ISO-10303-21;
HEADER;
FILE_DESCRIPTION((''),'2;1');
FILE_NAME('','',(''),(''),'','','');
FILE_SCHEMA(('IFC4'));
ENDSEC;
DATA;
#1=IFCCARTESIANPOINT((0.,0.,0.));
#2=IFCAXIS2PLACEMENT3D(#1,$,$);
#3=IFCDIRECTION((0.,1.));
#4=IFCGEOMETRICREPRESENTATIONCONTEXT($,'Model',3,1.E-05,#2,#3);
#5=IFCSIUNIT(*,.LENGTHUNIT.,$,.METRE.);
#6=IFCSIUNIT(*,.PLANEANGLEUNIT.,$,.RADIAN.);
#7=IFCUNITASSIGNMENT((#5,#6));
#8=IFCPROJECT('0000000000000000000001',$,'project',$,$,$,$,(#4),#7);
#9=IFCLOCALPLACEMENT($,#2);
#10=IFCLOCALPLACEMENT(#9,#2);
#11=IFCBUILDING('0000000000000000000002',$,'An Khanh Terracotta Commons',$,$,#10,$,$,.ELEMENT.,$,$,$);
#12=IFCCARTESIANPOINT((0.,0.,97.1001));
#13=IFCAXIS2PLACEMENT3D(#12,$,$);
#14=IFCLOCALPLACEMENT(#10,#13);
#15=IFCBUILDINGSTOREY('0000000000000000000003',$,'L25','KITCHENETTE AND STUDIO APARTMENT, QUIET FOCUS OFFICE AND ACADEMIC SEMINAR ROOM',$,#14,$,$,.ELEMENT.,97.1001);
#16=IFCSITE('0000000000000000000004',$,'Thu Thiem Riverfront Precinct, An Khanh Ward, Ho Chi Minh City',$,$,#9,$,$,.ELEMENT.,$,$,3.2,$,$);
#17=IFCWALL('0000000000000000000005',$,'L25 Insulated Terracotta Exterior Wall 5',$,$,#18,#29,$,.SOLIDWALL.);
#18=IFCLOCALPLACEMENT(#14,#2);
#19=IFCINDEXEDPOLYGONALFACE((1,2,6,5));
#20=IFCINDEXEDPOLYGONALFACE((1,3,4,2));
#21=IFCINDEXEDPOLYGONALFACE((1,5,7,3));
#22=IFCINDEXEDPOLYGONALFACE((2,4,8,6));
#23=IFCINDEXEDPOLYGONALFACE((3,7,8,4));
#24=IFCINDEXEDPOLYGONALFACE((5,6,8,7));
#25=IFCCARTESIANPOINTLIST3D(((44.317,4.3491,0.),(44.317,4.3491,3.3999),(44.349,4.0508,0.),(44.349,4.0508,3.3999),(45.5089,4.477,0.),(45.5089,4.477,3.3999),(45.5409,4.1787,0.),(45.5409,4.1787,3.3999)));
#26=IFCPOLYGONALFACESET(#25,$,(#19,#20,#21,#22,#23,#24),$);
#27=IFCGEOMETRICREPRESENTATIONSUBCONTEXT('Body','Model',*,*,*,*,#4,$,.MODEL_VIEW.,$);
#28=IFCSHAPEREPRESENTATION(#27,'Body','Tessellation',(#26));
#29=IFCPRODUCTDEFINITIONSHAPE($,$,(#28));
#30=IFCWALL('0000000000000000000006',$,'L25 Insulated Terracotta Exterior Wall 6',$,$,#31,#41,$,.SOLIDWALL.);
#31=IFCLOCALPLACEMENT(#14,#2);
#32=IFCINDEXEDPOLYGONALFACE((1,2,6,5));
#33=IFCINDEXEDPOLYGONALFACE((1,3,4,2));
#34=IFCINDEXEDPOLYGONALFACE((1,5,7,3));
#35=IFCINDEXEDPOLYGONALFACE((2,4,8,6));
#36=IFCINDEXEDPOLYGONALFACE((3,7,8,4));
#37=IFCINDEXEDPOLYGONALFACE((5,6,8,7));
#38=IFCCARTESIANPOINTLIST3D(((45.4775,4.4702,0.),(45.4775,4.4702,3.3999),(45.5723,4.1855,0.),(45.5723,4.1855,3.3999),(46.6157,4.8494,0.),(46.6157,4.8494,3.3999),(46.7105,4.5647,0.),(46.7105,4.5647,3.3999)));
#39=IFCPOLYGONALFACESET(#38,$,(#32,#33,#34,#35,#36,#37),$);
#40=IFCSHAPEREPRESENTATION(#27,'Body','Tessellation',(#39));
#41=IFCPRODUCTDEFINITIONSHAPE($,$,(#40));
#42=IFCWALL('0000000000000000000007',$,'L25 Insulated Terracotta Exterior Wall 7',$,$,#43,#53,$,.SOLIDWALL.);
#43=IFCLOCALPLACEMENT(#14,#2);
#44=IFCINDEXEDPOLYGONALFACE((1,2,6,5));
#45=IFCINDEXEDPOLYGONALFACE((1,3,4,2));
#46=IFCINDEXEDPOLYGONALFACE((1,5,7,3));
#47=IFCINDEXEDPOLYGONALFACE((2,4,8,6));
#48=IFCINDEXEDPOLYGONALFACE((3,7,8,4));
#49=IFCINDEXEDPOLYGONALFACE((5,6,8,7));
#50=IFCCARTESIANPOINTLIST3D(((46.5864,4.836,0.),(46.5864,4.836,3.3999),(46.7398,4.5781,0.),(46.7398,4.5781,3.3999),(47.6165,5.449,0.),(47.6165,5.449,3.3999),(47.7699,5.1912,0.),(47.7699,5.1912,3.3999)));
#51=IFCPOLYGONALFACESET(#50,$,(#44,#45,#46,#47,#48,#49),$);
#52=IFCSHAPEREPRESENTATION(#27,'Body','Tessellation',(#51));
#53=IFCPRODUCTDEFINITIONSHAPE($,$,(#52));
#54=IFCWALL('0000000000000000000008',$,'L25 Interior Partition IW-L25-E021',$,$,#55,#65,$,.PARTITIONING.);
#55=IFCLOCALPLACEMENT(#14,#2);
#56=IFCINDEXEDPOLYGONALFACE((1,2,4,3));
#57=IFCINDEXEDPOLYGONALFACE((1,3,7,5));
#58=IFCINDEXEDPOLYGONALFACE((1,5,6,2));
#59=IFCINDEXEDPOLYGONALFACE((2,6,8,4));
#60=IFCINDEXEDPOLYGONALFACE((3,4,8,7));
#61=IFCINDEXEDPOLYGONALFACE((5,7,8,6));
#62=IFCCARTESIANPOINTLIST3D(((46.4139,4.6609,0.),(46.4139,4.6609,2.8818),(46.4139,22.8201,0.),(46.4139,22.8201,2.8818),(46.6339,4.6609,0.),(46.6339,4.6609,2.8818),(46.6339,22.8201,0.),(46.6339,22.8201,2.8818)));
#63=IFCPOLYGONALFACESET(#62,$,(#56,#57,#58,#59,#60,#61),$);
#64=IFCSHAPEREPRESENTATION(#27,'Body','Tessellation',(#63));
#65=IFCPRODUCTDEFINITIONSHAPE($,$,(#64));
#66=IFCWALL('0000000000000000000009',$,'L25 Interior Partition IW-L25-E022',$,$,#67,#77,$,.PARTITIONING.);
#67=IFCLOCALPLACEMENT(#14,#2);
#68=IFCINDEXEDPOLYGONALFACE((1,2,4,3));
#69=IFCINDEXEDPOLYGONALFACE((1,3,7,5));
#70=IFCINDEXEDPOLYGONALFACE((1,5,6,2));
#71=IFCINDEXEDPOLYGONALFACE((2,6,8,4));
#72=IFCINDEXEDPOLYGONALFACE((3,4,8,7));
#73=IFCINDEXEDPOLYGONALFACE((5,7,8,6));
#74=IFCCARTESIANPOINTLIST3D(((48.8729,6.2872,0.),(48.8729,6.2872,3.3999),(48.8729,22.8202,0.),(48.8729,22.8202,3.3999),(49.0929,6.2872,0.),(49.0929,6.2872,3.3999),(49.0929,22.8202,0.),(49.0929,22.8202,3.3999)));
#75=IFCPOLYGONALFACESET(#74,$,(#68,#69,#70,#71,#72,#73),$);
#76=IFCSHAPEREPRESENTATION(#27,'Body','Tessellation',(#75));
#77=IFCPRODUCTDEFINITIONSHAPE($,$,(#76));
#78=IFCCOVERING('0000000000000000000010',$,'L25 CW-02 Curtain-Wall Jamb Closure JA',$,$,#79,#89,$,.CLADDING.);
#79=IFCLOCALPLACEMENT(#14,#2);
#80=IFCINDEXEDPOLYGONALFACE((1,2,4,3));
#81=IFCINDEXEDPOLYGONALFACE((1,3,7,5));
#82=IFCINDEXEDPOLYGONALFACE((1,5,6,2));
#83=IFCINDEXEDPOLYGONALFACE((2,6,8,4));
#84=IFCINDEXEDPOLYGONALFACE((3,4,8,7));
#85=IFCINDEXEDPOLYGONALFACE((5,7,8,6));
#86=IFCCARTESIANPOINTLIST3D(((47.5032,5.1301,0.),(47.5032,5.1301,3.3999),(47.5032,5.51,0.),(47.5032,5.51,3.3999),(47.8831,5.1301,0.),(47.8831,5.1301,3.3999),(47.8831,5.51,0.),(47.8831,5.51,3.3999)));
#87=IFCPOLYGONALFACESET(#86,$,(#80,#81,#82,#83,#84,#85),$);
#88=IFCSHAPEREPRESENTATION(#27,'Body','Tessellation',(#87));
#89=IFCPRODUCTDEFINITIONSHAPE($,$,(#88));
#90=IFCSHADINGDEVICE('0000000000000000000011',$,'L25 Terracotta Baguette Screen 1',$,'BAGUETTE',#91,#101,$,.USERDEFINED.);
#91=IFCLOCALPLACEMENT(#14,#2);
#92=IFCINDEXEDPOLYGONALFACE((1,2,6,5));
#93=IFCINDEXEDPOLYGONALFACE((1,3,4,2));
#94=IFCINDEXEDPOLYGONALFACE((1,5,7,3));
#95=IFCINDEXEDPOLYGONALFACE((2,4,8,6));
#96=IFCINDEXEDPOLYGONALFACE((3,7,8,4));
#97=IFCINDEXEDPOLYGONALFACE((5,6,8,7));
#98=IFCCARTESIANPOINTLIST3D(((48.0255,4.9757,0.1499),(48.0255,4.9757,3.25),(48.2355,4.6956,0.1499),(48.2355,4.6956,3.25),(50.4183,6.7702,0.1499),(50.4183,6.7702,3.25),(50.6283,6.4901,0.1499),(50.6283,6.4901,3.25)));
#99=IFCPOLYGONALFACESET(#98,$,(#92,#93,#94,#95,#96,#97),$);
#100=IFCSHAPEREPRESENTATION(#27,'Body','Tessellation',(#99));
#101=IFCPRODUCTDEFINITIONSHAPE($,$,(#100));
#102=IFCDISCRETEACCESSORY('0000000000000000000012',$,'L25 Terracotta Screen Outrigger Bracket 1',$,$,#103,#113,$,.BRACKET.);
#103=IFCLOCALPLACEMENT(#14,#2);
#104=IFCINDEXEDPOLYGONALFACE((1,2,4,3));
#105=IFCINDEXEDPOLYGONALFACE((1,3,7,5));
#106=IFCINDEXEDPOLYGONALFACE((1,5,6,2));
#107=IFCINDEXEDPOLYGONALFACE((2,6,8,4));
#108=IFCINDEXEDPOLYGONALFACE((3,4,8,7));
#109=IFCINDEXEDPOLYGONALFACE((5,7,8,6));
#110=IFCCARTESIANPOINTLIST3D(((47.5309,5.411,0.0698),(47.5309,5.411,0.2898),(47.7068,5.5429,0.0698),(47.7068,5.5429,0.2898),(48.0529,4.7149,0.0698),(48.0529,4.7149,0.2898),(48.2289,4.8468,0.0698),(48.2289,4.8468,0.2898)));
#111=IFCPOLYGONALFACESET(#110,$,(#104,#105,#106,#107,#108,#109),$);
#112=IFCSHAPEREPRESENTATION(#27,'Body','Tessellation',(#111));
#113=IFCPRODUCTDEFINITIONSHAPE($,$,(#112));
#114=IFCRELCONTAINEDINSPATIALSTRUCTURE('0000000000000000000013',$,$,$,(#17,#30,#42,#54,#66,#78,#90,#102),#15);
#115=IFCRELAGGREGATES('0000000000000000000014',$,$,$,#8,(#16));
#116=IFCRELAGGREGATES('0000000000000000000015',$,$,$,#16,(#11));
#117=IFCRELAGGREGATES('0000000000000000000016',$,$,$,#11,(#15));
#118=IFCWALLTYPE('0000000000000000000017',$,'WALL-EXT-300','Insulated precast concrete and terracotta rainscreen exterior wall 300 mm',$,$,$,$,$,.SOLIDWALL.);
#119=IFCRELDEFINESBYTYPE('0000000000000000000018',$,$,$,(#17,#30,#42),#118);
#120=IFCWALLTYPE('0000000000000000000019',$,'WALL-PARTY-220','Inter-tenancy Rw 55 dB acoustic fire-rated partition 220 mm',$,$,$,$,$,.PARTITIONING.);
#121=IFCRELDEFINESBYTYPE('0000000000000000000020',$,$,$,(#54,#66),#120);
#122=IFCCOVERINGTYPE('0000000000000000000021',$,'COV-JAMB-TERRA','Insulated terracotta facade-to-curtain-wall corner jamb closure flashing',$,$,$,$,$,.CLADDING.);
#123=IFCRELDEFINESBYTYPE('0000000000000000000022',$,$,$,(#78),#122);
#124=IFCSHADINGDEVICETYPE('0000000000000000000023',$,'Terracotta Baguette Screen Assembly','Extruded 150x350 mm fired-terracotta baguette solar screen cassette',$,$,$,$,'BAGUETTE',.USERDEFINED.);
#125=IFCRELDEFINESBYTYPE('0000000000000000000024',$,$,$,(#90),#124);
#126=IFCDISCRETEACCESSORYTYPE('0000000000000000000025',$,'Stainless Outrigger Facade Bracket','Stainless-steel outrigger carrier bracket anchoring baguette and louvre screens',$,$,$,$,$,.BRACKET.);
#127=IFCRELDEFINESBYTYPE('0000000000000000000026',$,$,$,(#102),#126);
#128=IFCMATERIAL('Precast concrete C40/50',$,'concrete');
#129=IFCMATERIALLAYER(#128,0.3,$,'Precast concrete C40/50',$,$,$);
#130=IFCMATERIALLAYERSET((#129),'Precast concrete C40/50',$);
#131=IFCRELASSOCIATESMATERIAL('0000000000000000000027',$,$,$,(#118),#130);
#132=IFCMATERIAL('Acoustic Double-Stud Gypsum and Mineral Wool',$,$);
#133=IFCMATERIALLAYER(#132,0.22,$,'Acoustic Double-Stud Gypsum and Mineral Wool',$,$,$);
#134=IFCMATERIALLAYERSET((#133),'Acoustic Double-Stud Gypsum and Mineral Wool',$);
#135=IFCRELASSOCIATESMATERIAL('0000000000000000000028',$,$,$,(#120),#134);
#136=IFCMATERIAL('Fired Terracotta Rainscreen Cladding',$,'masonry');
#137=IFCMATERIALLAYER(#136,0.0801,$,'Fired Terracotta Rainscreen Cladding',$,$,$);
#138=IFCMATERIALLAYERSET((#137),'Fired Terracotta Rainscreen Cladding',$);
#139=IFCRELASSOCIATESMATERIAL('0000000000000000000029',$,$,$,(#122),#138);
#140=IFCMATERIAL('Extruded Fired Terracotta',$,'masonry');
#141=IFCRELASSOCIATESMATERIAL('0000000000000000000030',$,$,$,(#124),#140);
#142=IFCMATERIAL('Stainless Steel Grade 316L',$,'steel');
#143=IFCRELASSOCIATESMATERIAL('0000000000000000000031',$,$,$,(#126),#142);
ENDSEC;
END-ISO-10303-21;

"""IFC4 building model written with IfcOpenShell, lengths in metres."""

from ifc_helpers import new_model, si_unit, direction, frame, frame_2d, origin, origin_2d, place, context, subcontext, project, spatial, rectangle, extrude, material, layer, layer_set, type_object, element, save


model = new_model("IFC4")

# Units and contexts
model_context = context("Model", 3, precision=1e-05, world=origin(), true_north=direction((0.0, 1.0)))
body_context = subcontext(model_context, "Body", "Model", "MODEL_VIEW")
ifc_project = project(units=[si_unit("LENGTHUNIT", "METRE"), si_unit("PLANEANGLEUNIT", "RADIAN")], contexts=[model_context])

# Site, building, storey
site_placement = place(None, origin())
site = spatial("IfcSite", under=ifc_project, at=site_placement, Name="Thu Thiem Riverfront Precinct, An Khanh Ward, Ho Chi Minh City", CompositionType="ELEMENT", RefElevation=3.2)
building_placement = place(site_placement, origin())
building = spatial("IfcBuilding", under=site, at=building_placement, Name="An Khanh Terracotta Commons", CompositionType="ELEMENT")
storey_placement = place(building_placement, frame((0.0, 0.0, 97.1001)))
storey = spatial("IfcBuildingStorey", under=building, at=storey_placement, Name="L25", Description="KITCHENETTE AND STUDIO APARTMENT, QUIET FOCUS OFFICE AND ACADEMIC SEMINAR ROOM", CompositionType="ELEMENT", Elevation=97.1001)

# Walls
ifc_material_1 = material(Name="Precast concrete C40/50", Category="concrete")
ifc_layer_1 = layer(ifc_material_1, 0.3, Name="Precast concrete C40/50")
ifc_layer_set_1 = layer_set([ifc_layer_1], Name="Precast concrete C40/50")
wall_type_1 = type_object("IfcWallType", Name="WALL-EXT-300", Description="Insulated precast concrete and terracotta rainscreen exterior wall 300 mm", PredefinedType="SOLIDWALL", material=ifc_layer_set_1)
wall_1_placement = place(storey_placement, frame((44.333, 4.2, 0.0), z_axis=(0.0, 0.0, 1.0), x_axis=(0.994289, 0.10672, 0.0)))
element("IfcWall", 1, at=wall_1_placement, inside=storey, type_object=wall_type_1, Name="L25 Insulated Terracotta Exterior Wall 5", PredefinedType="SOLIDWALL", context=body_context, shape_type="SweptSolid", body=[
    extrude(rectangle(XDim=1.1987, YDim=0.3, at=frame_2d((0.5994, 0.0))), origin(), (0.0, 0.0, 1.0), 3.3999),
])
wall_2_placement = place(storey_placement, frame((45.5249, 4.3279, 0.0), z_axis=(0.0, 0.0, 1.0), x_axis=(0.948744, 0.316045, 0.0)))
element("IfcWall", 2, at=wall_2_placement, inside=storey, type_object=wall_type_1, Name="L25 Insulated Terracotta Exterior Wall 6", PredefinedType="SOLIDWALL", context=body_context, shape_type="SweptSolid", body=[
    extrude(rectangle(XDim=1.1997, YDim=0.3, at=frame_2d((0.5999, 0.0))), origin(), (0.0, 0.0, 1.0), 3.3999),
])
wall_3_placement = place(storey_placement, frame((46.6631, 4.707, 0.0), z_axis=(0.0, 0.0, 1.0), x_axis=(0.859321, 0.511437, 0.0)))
element("IfcWall", 3, at=wall_3_placement, inside=storey, type_object=wall_type_1, Name="L25 Insulated Terracotta Exterior Wall 7", PredefinedType="SOLIDWALL", context=body_context, shape_type="SweptSolid", body=[
    extrude(rectangle(XDim=1.1987, YDim=0.3, at=frame_2d((0.5994, 0.0))), origin(), (0.0, 0.0, 1.0), 3.3999),
])
ifc_material_2 = material(Name="Acoustic Double-Stud Gypsum and Mineral Wool")
ifc_layer_2 = layer(ifc_material_2, 0.22, Name="Acoustic Double-Stud Gypsum and Mineral Wool")
ifc_layer_set_2 = layer_set([ifc_layer_2], Name="Acoustic Double-Stud Gypsum and Mineral Wool")
wall_type_2 = type_object("IfcWallType", Name="WALL-PARTY-220", Description="Inter-tenancy Rw 55 dB acoustic fire-rated partition 220 mm", PredefinedType="PARTITIONING", material=ifc_layer_set_2)
wall_4_placement = place(storey_placement, frame((46.5239, 4.6609, 0.0), z_axis=(0.0, 0.0, 1.0), x_axis=(0.0, 1.0, 0.0)))
element("IfcWall", 4, at=wall_4_placement, inside=storey, type_object=wall_type_2, Name="L25 Interior Partition IW-L25-E021", PredefinedType="PARTITIONING", context=body_context, shape_type="SweptSolid", body=[
    extrude(rectangle(XDim=18.1592, YDim=0.22, at=frame_2d((9.0796, 0.0))), origin(), (0.0, 0.0, 1.0), 2.8818),
])
wall_5_placement = place(storey_placement, frame((48.9829, 6.2871, 0.0), z_axis=(0.0, 0.0, 1.0), x_axis=(0.0, 1.0, 0.0)))
element("IfcWall", 5, at=wall_5_placement, inside=storey, type_object=wall_type_2, Name="L25 Interior Partition IW-L25-E022", PredefinedType="PARTITIONING", context=body_context, shape_type="SweptSolid", body=[
    extrude(rectangle(XDim=16.533, YDim=0.22, at=frame_2d((8.2666, 0.0))), origin(), (0.0, 0.0, 1.0), 3.3999),
])

# Covering
ifc_material_3 = material(Name="Fired Terracotta Rainscreen Cladding", Category="masonry")
ifc_layer_3 = layer(ifc_material_3, 0.0801, Name="Fired Terracotta Rainscreen Cladding")
ifc_layer_set_3 = layer_set([ifc_layer_3], Name="Fired Terracotta Rainscreen Cladding")
covering_type = type_object("IfcCoveringType", Name="COV-JAMB-TERRA", Description="Insulated terracotta facade-to-curtain-wall corner jamb closure flashing", PredefinedType="CLADDING", material=ifc_layer_set_3)
covering_placement = place(storey_placement, frame((47.6931, 5.3201, 0.0), z_axis=(0.0, 0.0, 1.0), x_axis=(1.0, 0.0, 0.0)))
element("IfcCovering", 6, at=covering_placement, inside=storey, type_object=covering_type, Name="L25 CW-02 Curtain-Wall Jamb Closure JA", PredefinedType="CLADDING", context=body_context, shape_type="SweptSolid", body=[
    extrude(rectangle(XDim=0.3799, YDim=0.3799, at=origin_2d()), origin(), (0.0, 0.0, 1.0), 3.3999),
])

# Shading device
ifc_material_4 = material(Name="Extruded Fired Terracotta", Category="masonry")
shading_device_type = type_object("IfcShadingDeviceType", Name="Terracotta Baguette Screen Assembly", Description="Extruded 150x350 mm fired-terracotta baguette solar screen cassette", ElementType="BAGUETTE", PredefinedType="USERDEFINED", material=ifc_material_4)
shading_device_placement = place(storey_placement, frame((49.3269, 5.7329, 0.1499), z_axis=(0.0, 0.0, 1.0), x_axis=(0.800013, 0.599983, 0.0)))
element("IfcShadingDevice", 7, at=shading_device_placement, inside=storey, type_object=shading_device_type, Name="L25 Terracotta Baguette Screen 1", ObjectType="BAGUETTE", PredefinedType="USERDEFINED", context=body_context, shape_type="SweptSolid", body=[
    extrude(rectangle(XDim=2.991, YDim=0.3501, at=origin_2d()), origin(), (0.0, 0.0, 1.0), 3.1001),
])

# Discrete accessory
ifc_material_5 = material(Name="Stainless Steel Grade 316L", Category="steel")
discrete_accessory_type = type_object("IfcDiscreteAccessoryType", Name="Stainless Outrigger Facade Bracket", Description="Stainless-steel outrigger carrier bracket anchoring baguette and louvre screens", PredefinedType="BRACKET", material=ifc_material_5)
discrete_accessory_placement = place(storey_placement, frame((47.8799, 5.1289, 0.0698), z_axis=(0.0, 0.0, 1.0), x_axis=(0.800013, 0.599983, 0.0)))
element("IfcDiscreteAccessory", 8, at=discrete_accessory_placement, inside=storey, type_object=discrete_accessory_type, Name="L25 Terracotta Screen Outrigger Bracket 1", PredefinedType="BRACKET", context=body_context, shape_type="SweptSolid", body=[
    extrude(rectangle(XDim=0.22, YDim=0.8701, at=origin_2d()), origin(), (0.0, 0.0, 1.0), 0.22),
])

save(model, "model.ifc")
